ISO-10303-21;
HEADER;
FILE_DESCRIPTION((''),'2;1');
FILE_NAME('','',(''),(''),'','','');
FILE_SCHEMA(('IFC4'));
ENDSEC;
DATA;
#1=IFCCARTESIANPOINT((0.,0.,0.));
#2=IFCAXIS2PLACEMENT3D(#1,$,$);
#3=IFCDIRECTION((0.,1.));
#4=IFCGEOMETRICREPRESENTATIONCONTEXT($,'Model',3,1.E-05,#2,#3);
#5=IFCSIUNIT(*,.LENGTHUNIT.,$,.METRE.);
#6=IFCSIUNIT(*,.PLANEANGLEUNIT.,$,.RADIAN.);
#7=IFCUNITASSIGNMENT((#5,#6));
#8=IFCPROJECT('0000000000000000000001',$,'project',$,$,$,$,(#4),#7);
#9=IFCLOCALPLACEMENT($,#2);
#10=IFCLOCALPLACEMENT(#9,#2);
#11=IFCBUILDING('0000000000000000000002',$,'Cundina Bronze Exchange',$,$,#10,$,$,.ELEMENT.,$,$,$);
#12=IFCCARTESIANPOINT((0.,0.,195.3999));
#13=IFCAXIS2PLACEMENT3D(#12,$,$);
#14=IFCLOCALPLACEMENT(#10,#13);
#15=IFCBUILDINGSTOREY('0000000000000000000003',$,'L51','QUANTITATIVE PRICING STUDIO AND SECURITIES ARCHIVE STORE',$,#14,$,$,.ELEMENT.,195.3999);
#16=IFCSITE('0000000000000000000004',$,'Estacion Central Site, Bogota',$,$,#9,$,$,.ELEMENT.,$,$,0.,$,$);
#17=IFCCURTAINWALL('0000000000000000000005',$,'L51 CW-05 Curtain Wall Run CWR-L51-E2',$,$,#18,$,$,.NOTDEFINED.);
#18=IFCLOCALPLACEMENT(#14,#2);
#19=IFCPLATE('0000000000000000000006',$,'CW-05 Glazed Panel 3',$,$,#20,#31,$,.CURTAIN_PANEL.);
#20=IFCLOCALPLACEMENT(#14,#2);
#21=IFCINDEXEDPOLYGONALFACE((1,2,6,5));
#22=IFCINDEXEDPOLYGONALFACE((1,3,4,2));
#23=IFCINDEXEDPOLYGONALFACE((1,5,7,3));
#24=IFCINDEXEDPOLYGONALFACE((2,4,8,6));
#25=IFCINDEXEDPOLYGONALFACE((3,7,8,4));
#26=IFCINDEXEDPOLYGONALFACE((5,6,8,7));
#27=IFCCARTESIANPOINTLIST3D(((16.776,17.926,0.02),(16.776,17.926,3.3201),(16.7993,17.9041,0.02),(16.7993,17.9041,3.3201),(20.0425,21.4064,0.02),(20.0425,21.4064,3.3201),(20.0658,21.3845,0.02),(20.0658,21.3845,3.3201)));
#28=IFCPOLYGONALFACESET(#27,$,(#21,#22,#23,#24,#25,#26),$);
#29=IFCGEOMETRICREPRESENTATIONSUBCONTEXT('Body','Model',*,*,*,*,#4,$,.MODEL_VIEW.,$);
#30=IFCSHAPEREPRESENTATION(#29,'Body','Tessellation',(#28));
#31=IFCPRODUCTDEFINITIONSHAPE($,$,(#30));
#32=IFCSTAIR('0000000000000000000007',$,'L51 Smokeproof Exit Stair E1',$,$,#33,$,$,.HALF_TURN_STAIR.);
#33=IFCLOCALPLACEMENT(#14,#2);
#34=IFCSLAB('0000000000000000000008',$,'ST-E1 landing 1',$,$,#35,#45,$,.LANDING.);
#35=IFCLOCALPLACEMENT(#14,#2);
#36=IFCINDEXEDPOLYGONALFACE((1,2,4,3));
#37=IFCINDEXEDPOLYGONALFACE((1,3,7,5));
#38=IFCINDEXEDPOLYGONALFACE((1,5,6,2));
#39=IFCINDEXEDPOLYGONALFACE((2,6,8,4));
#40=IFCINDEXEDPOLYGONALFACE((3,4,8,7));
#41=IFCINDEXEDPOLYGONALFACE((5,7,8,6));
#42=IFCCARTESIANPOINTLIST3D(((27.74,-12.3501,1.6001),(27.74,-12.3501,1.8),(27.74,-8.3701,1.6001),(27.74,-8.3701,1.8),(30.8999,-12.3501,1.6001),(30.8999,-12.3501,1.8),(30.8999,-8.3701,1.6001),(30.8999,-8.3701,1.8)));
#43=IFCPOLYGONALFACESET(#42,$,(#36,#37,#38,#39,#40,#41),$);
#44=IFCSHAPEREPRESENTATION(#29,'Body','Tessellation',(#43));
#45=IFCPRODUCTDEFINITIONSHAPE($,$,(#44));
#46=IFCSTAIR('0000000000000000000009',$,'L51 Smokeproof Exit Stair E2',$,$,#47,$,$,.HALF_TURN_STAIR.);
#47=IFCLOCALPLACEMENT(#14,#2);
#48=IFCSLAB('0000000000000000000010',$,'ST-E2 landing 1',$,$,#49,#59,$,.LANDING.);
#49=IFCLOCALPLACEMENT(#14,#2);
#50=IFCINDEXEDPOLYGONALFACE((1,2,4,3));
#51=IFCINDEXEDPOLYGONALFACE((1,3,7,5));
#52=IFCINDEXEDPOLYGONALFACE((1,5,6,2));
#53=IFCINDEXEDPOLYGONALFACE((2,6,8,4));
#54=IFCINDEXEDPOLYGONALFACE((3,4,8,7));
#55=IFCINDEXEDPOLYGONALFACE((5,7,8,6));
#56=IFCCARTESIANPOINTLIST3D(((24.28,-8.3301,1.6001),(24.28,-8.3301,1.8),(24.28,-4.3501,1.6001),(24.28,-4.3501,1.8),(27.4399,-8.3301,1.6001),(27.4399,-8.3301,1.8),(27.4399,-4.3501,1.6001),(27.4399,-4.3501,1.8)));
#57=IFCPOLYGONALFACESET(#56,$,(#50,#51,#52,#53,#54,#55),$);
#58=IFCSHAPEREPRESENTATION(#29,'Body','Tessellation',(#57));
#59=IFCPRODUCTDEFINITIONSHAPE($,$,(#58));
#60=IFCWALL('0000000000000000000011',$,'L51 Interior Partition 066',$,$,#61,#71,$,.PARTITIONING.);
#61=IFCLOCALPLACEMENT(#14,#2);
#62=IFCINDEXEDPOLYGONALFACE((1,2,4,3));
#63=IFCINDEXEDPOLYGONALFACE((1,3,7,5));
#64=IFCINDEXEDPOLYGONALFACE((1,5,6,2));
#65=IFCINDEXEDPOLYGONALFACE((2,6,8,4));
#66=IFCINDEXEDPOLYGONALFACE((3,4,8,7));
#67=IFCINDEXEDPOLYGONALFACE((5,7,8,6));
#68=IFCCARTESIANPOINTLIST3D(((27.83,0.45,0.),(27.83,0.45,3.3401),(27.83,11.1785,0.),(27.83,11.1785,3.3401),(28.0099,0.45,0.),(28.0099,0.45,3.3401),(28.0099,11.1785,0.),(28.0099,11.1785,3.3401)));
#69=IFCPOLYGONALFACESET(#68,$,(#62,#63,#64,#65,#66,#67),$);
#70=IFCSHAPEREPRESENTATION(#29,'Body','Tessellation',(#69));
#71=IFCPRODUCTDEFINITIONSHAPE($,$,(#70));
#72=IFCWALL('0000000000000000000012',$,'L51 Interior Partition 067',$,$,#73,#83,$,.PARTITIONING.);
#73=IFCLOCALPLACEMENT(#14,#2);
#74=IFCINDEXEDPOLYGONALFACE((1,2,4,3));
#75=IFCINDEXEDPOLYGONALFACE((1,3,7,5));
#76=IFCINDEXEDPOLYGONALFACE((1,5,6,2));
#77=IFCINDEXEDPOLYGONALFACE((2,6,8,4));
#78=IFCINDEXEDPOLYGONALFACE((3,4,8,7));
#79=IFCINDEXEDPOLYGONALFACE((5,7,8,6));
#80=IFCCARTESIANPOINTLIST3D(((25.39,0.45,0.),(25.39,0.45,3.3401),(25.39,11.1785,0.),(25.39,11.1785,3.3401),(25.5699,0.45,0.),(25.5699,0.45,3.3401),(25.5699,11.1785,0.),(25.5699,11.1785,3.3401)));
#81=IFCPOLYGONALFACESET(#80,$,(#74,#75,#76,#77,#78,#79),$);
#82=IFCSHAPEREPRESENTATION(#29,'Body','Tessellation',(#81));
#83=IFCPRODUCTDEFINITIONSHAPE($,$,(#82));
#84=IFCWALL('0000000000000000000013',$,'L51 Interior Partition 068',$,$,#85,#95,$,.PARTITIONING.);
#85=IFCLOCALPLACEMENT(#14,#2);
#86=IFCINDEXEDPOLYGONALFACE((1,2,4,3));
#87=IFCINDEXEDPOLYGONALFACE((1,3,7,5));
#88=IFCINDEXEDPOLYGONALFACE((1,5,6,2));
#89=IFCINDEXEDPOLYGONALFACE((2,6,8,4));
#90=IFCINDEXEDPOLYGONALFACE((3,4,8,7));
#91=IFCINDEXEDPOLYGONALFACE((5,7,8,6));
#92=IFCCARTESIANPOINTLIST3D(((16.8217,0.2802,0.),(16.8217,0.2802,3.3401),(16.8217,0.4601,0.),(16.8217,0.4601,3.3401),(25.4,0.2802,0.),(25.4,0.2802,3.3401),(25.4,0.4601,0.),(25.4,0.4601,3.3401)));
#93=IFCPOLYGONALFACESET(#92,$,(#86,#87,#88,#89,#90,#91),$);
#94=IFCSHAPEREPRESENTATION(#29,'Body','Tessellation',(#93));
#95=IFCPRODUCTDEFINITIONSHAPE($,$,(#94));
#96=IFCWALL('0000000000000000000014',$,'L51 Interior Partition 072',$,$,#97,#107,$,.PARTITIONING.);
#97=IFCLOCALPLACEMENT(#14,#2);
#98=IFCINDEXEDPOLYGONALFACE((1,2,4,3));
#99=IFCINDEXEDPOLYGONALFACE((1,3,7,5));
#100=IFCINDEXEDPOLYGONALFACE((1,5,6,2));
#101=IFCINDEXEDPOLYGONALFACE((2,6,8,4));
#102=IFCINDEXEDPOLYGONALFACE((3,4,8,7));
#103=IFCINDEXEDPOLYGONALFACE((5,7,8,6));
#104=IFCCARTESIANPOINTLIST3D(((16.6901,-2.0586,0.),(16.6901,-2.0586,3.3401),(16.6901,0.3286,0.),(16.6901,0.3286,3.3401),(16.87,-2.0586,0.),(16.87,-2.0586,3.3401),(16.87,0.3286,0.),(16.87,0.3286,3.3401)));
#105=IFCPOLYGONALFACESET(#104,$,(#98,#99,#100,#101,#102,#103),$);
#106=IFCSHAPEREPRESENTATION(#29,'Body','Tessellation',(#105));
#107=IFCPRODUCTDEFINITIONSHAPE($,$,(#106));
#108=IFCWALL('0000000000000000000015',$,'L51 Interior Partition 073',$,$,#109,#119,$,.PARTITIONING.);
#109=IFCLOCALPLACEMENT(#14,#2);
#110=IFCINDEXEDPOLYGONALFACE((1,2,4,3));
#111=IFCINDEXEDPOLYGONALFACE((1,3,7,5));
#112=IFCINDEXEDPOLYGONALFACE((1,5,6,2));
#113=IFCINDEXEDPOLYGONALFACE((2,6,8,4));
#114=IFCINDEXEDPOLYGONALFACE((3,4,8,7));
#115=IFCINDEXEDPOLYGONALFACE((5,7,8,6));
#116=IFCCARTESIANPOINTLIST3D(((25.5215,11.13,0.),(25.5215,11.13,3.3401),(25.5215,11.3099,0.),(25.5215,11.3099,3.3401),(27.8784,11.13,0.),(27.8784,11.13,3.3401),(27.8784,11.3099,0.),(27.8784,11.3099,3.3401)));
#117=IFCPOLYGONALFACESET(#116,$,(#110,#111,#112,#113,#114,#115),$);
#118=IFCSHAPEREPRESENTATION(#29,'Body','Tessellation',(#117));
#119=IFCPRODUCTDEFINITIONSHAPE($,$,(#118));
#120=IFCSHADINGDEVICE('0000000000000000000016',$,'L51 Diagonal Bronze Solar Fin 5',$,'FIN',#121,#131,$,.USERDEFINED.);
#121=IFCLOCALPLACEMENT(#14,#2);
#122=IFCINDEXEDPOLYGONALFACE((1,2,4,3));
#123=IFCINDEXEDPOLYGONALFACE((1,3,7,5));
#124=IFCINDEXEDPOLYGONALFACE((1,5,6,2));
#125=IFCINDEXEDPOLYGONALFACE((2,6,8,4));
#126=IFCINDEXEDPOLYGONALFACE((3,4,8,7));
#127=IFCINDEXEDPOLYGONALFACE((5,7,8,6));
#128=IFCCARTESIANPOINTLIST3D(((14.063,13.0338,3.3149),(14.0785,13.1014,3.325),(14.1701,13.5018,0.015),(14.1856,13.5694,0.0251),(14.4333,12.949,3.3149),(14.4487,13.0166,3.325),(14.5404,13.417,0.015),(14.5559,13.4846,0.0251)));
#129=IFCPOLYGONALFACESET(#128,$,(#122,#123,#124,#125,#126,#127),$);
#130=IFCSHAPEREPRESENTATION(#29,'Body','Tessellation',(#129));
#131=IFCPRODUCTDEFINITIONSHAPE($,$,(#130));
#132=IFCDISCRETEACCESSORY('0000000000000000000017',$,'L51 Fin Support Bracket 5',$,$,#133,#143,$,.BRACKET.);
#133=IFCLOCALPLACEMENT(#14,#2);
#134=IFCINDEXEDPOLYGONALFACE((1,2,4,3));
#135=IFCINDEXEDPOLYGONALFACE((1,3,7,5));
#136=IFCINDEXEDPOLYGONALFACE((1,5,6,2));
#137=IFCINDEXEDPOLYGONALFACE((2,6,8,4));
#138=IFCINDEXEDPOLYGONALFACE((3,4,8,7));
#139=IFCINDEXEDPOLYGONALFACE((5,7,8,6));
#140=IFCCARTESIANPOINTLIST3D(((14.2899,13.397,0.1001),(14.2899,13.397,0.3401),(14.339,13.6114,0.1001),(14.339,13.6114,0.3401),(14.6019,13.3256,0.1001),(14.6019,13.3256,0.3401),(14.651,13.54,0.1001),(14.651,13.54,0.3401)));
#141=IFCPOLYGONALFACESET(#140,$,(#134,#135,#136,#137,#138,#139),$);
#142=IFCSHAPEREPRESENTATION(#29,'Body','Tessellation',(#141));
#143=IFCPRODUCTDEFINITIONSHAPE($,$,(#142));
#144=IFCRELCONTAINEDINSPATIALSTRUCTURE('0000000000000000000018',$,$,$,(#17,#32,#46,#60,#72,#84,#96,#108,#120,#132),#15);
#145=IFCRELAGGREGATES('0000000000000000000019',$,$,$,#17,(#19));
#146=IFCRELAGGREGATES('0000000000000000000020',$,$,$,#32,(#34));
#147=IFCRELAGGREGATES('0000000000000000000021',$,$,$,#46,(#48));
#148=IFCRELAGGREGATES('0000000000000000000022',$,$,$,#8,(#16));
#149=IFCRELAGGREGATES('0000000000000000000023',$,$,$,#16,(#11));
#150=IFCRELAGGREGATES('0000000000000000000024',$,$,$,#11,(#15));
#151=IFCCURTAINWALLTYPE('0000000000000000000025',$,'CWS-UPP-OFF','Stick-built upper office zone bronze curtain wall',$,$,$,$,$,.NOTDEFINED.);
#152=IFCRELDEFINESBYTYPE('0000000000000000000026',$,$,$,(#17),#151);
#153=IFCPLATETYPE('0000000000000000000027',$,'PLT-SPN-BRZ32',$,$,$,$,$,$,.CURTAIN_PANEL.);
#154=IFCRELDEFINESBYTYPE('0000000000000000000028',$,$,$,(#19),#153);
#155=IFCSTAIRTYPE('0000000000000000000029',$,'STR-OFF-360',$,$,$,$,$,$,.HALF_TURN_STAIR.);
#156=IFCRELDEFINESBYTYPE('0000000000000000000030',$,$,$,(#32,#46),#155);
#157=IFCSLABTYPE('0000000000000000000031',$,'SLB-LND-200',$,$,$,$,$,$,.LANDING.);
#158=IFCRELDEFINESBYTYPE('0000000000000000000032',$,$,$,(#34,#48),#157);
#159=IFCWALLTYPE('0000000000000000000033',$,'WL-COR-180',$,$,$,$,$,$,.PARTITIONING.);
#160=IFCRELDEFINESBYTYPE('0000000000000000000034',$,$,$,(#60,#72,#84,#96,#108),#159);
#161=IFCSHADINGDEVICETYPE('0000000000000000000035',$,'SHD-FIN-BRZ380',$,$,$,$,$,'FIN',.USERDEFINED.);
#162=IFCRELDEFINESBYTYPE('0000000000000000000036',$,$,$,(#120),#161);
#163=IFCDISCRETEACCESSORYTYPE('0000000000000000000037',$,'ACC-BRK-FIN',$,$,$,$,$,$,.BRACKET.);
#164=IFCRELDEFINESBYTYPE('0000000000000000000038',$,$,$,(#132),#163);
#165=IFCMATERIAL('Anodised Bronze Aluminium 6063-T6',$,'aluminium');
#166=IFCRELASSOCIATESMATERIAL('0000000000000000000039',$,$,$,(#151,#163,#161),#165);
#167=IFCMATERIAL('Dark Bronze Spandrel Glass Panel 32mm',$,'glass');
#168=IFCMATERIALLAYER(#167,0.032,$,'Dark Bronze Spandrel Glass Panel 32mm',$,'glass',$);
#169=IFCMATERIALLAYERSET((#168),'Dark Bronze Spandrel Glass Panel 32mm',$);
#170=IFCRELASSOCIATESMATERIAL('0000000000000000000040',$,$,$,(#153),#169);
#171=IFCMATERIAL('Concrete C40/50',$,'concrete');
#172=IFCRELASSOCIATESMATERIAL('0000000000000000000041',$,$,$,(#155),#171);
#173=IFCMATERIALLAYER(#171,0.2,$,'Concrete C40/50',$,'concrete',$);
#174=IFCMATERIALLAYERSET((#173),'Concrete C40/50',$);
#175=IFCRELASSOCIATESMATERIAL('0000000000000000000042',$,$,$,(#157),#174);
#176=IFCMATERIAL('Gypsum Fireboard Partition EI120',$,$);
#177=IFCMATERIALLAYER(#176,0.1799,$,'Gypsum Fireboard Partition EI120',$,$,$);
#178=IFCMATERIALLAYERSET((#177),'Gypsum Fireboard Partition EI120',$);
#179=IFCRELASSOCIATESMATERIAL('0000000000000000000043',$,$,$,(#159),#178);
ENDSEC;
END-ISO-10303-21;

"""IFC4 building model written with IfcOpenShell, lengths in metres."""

from ifc_helpers import new_model, si_unit, direction, frame, frame_2d, origin, origin_2d, place, context, subcontext, project, spatial, polyline, rectangle, outline, extrude, material, layer, layer_set, material_profile, profile_set, type_object, element, aggregate, save


model = new_model("IFC4")

# Units and contexts
model_context = context("Model", 3, precision=1e-05, world=origin(), true_north=direction((0.0, 1.0)))
body_context = subcontext(model_context, "Body", "Model", "MODEL_VIEW")
ifc_project = project(units=[si_unit("LENGTHUNIT", "METRE"), si_unit("PLANEANGLEUNIT", "RADIAN")], contexts=[model_context])

# Site, building, storey
site_placement = place(None, origin())
site = spatial("IfcSite", under=ifc_project, at=site_placement, Name="Estacion Central Site, Bogota", CompositionType="ELEMENT", RefElevation=0.0)
building_placement = place(site_placement, origin())
building = spatial("IfcBuilding", under=site, at=building_placement, Name="Cundina Bronze Exchange", CompositionType="ELEMENT")
storey_placement = place(building_placement, frame((0.0, 0.0, 195.3999)))
storey = spatial("IfcBuildingStorey", under=building, at=storey_placement, Name="L51", Description="QUANTITATIVE PRICING STUDIO AND SECURITIES ARCHIVE STORE", CompositionType="ELEMENT", Elevation=195.3999)

# Curtain wall, plate
ifc_material_1 = material(Name="Anodised Bronze Aluminium 6063-T6", Category="aluminium")
curtain_wall_type = type_object("IfcCurtainWallType", Name="CWS-UPP-OFF", Description="Stick-built upper office zone bronze curtain wall", PredefinedType="NOTDEFINED", material=ifc_material_1)
curtain_wall_placement = place(storey_placement, origin())
curtain_wall = element("IfcCurtainWall", 1, at=curtain_wall_placement, inside=storey, type_object=curtain_wall_type, Name="L51 CW-05 Curtain Wall Run CWR-L51-E2", PredefinedType="NOTDEFINED")
ifc_material_2 = material(Name="Dark Bronze Spandrel Glass Panel 32mm", Category="glass")
ifc_layer_1 = layer(ifc_material_2, 0.032, Name="Dark Bronze Spandrel Glass Panel 32mm", Category="glass")
ifc_layer_set_1 = layer_set([ifc_layer_1], Name="Dark Bronze Spandrel Glass Panel 32mm")
plate_type_1 = type_object("IfcPlateType", Name="PLT-SPN-BRZ32", PredefinedType="CURTAIN_PANEL", material=ifc_layer_set_1)
plate_1_placement = place(storey_placement, frame((18.4209, 19.6553, 0.02), z_axis=(0.0, 0.0, 1.0), x_axis=(-0.684344, -0.72916, 0.0)))
plate_1 = element("IfcPlate", 2, at=plate_1_placement, type_object=plate_type_1, Name="CW-05 Glazed Panel 3", PredefinedType="CURTAIN_PANEL", context=body_context, shape_type="SweptSolid", body=[
    extrude(rectangle(XDim=4.7732, YDim=0.032, at=origin_2d()), origin(), (0.0, 0.0, 1.0), 3.3),
])
aggregate(curtain_wall, [plate_1])

# Stairs, slabs
ifc_material_3 = material(Name="Concrete C40/50", Category="concrete")
stair_type = type_object("IfcStairType", Name="STR-OFF-360", PredefinedType="HALF_TURN_STAIR", material=ifc_material_3)
stair_1_placement = place(storey_placement, origin())
stair_1 = element("IfcStair", 3, at=stair_1_placement, inside=storey, type_object=stair_type, Name="L51 Smokeproof Exit Stair E1", PredefinedType="HALF_TURN_STAIR")
ifc_layer_2 = layer(ifc_material_3, 0.2, Name="Concrete C40/50", Category="concrete")
ifc_layer_set_2 = layer_set([ifc_layer_2], Name="Concrete C40/50")
slab_type = type_object("IfcSlabType", Name="SLB-LND-200", PredefinedType="LANDING", material=ifc_layer_set_2)
slab_1_placement = place(storey_placement, frame((0.0, 0.0, 1.6001)))
slab_1 = element("IfcSlab", 4, at=slab_1_placement, type_object=slab_type, Name="ST-E1 landing 1", PredefinedType="LANDING", context=body_context, shape_type="SweptSolid", body=[
    extrude(outline(polyline([(27.74, -8.3701), (27.74, -12.3501), (30.8999, -12.3501), (30.8999, -8.3701), (27.74, -8.3701)])), origin(), (0.0, 0.0, 1.0), 0.2),
])
aggregate(stair_1, [slab_1])
stair_2_placement = place(storey_placement, origin())
stair_2 = element("IfcStair", 5, at=stair_2_placement, inside=storey, type_object=stair_type, Name="L51 Smokeproof Exit Stair E2", PredefinedType="HALF_TURN_STAIR")
slab_2_placement = place(storey_placement, frame((0.0, 0.0, 1.6001)))
slab_2 = element("IfcSlab", 6, at=slab_2_placement, type_object=slab_type, Name="ST-E2 landing 1", PredefinedType="LANDING", context=body_context, shape_type="SweptSolid", body=[
    extrude(outline(polyline([(27.4399, -8.3301), (27.4399, -4.3501), (24.28, -4.3501), (24.28, -8.3301), (27.4399, -8.3301)])), origin(), (0.0, 0.0, 1.0), 0.2),
])
aggregate(stair_2, [slab_2])

# Walls
ifc_material_4 = material(Name="Gypsum Fireboard Partition EI120")
ifc_layer_3 = layer(ifc_material_4, 0.1799, Name="Gypsum Fireboard Partition EI120")
ifc_layer_set_3 = layer_set([ifc_layer_3], Name="Gypsum Fireboard Partition EI120")
wall_type = type_object("IfcWallType", Name="WL-COR-180", PredefinedType="PARTITIONING", material=ifc_layer_set_3)
for number, where, z_axis, x_axis, name in (
    (7, (27.9199, 0.45, 0.0), (0.0, 0.0, 1.0), (0.0, 1.0, 0.0), "L51 Interior Partition 066"),
    (8, (25.48, 11.1785, 0.0), (0.0, 0.0, 1.0), (0.0, -1.0, 0.0), "L51 Interior Partition 067"),
):
    element("IfcWall", number, at=place(storey_placement, frame(where, z_axis=z_axis, x_axis=x_axis)), inside=storey, type_object=wall_type, Name=name, PredefinedType="PARTITIONING", context=body_context, shape_type="SweptSolid", body=[
        extrude(rectangle(XDim=10.7285, YDim=0.1799, at=frame_2d((5.3643, 0.0))), origin(), (0.0, 0.0, 1.0), 3.3401),
    ])
wall_1_placement = place(storey_placement, frame((25.3999, 0.3701, 0.0), z_axis=(0.0, 0.0, 1.0), x_axis=(-1.0, 0.0, 0.0)))
element("IfcWall", 9, at=wall_1_placement, inside=storey, type_object=wall_type, Name="L51 Interior Partition 068", PredefinedType="PARTITIONING", context=body_context, shape_type="SweptSolid", body=[
    extrude(rectangle(XDim=8.5784, YDim=0.1799, at=frame_2d((4.2891, 0.0))), origin(), (0.0, 0.0, 1.0), 3.3401),
])
wall_2_placement = place(storey_placement, frame((16.78, 0.3286, 0.0), z_axis=(0.0, 0.0, 1.0), x_axis=(0.0, -1.0, 0.0)))
element("IfcWall", 10, at=wall_2_placement, inside=storey, type_object=wall_type, Name="L51 Interior Partition 072", PredefinedType="PARTITIONING", context=body_context, shape_type="SweptSolid", body=[
    extrude(rectangle(XDim=2.3872, YDim=0.1799, at=frame_2d((1.1936, 0.0))), origin(), (0.0, 0.0, 1.0), 3.3401),
])
wall_3_placement = place(storey_placement, frame((27.8784, 11.22, 0.0), z_axis=(0.0, 0.0, 1.0), x_axis=(-1.0, 0.0, 0.0)))
element("IfcWall", 11, at=wall_3_placement, inside=storey, type_object=wall_type, Name="L51 Interior Partition 073", PredefinedType="PARTITIONING", context=body_context, shape_type="SweptSolid", body=[
    extrude(rectangle(XDim=2.3569, YDim=0.1799, at=frame_2d((1.1785, 0.0))), origin(), (0.0, 0.0, 1.0), 3.3401),
])

# Shading device
ifc_material_profile_1 = material_profile(ifc_material_1, rectangle(XDim=0.0701, YDim=0.3799, at=origin_2d()), Name="FIN70X380", Category="aluminium")
ifc_profile_set_1 = profile_set([ifc_material_profile_1], Name="Anodised Bronze Aluminium 6063-T6")
shading_device_type = type_object("IfcShadingDeviceType", Name="SHD-FIN-BRZ380", ElementType="FIN", PredefinedType="USERDEFINED", material=ifc_profile_set_1)
shading_device_placement = place(storey_placement, frame((14.363, 13.4932, 0.02), z_axis=(-0.032139, -0.140344, 0.989581), x_axis=(0.220899, 0.964611, 0.143977)))
element("IfcShadingDevice", 12, at=shading_device_placement, inside=storey, type_object=shading_device_type, Name="L51 Diagonal Bronze Solar Fin 5", ObjectType="FIN", PredefinedType="USERDEFINED", context=body_context, shape_type="SweptSolid", body=[
    extrude(rectangle(XDim=0.0701, YDim=0.3799, at=origin_2d()), origin(), (0.0, 0.0, 1.0), 3.3347),
])

# Discrete accessory
discrete_accessory_type = type_object("IfcDiscreteAccessoryType", Name="ACC-BRK-FIN", PredefinedType="BRACKET", material=ifc_material_1)
discrete_accessory_placement = place(storey_placement, frame((14.4705, 13.4685, 0.1001), z_axis=(0.0, 0.0, 1.0), x_axis=(-0.223284, -0.974753, 0.0)))
element("IfcDiscreteAccessory", 13, at=discrete_accessory_placement, inside=storey, type_object=discrete_accessory_type, Name="L51 Fin Support Bracket 5", PredefinedType="BRACKET", context=body_context, shape_type="SweptSolid", body=[
    extrude(rectangle(XDim=0.22, YDim=0.3201, at=origin_2d()), origin(), (0.0, 0.0, 1.0), 0.24),
])

save(model, "model.ifc")
